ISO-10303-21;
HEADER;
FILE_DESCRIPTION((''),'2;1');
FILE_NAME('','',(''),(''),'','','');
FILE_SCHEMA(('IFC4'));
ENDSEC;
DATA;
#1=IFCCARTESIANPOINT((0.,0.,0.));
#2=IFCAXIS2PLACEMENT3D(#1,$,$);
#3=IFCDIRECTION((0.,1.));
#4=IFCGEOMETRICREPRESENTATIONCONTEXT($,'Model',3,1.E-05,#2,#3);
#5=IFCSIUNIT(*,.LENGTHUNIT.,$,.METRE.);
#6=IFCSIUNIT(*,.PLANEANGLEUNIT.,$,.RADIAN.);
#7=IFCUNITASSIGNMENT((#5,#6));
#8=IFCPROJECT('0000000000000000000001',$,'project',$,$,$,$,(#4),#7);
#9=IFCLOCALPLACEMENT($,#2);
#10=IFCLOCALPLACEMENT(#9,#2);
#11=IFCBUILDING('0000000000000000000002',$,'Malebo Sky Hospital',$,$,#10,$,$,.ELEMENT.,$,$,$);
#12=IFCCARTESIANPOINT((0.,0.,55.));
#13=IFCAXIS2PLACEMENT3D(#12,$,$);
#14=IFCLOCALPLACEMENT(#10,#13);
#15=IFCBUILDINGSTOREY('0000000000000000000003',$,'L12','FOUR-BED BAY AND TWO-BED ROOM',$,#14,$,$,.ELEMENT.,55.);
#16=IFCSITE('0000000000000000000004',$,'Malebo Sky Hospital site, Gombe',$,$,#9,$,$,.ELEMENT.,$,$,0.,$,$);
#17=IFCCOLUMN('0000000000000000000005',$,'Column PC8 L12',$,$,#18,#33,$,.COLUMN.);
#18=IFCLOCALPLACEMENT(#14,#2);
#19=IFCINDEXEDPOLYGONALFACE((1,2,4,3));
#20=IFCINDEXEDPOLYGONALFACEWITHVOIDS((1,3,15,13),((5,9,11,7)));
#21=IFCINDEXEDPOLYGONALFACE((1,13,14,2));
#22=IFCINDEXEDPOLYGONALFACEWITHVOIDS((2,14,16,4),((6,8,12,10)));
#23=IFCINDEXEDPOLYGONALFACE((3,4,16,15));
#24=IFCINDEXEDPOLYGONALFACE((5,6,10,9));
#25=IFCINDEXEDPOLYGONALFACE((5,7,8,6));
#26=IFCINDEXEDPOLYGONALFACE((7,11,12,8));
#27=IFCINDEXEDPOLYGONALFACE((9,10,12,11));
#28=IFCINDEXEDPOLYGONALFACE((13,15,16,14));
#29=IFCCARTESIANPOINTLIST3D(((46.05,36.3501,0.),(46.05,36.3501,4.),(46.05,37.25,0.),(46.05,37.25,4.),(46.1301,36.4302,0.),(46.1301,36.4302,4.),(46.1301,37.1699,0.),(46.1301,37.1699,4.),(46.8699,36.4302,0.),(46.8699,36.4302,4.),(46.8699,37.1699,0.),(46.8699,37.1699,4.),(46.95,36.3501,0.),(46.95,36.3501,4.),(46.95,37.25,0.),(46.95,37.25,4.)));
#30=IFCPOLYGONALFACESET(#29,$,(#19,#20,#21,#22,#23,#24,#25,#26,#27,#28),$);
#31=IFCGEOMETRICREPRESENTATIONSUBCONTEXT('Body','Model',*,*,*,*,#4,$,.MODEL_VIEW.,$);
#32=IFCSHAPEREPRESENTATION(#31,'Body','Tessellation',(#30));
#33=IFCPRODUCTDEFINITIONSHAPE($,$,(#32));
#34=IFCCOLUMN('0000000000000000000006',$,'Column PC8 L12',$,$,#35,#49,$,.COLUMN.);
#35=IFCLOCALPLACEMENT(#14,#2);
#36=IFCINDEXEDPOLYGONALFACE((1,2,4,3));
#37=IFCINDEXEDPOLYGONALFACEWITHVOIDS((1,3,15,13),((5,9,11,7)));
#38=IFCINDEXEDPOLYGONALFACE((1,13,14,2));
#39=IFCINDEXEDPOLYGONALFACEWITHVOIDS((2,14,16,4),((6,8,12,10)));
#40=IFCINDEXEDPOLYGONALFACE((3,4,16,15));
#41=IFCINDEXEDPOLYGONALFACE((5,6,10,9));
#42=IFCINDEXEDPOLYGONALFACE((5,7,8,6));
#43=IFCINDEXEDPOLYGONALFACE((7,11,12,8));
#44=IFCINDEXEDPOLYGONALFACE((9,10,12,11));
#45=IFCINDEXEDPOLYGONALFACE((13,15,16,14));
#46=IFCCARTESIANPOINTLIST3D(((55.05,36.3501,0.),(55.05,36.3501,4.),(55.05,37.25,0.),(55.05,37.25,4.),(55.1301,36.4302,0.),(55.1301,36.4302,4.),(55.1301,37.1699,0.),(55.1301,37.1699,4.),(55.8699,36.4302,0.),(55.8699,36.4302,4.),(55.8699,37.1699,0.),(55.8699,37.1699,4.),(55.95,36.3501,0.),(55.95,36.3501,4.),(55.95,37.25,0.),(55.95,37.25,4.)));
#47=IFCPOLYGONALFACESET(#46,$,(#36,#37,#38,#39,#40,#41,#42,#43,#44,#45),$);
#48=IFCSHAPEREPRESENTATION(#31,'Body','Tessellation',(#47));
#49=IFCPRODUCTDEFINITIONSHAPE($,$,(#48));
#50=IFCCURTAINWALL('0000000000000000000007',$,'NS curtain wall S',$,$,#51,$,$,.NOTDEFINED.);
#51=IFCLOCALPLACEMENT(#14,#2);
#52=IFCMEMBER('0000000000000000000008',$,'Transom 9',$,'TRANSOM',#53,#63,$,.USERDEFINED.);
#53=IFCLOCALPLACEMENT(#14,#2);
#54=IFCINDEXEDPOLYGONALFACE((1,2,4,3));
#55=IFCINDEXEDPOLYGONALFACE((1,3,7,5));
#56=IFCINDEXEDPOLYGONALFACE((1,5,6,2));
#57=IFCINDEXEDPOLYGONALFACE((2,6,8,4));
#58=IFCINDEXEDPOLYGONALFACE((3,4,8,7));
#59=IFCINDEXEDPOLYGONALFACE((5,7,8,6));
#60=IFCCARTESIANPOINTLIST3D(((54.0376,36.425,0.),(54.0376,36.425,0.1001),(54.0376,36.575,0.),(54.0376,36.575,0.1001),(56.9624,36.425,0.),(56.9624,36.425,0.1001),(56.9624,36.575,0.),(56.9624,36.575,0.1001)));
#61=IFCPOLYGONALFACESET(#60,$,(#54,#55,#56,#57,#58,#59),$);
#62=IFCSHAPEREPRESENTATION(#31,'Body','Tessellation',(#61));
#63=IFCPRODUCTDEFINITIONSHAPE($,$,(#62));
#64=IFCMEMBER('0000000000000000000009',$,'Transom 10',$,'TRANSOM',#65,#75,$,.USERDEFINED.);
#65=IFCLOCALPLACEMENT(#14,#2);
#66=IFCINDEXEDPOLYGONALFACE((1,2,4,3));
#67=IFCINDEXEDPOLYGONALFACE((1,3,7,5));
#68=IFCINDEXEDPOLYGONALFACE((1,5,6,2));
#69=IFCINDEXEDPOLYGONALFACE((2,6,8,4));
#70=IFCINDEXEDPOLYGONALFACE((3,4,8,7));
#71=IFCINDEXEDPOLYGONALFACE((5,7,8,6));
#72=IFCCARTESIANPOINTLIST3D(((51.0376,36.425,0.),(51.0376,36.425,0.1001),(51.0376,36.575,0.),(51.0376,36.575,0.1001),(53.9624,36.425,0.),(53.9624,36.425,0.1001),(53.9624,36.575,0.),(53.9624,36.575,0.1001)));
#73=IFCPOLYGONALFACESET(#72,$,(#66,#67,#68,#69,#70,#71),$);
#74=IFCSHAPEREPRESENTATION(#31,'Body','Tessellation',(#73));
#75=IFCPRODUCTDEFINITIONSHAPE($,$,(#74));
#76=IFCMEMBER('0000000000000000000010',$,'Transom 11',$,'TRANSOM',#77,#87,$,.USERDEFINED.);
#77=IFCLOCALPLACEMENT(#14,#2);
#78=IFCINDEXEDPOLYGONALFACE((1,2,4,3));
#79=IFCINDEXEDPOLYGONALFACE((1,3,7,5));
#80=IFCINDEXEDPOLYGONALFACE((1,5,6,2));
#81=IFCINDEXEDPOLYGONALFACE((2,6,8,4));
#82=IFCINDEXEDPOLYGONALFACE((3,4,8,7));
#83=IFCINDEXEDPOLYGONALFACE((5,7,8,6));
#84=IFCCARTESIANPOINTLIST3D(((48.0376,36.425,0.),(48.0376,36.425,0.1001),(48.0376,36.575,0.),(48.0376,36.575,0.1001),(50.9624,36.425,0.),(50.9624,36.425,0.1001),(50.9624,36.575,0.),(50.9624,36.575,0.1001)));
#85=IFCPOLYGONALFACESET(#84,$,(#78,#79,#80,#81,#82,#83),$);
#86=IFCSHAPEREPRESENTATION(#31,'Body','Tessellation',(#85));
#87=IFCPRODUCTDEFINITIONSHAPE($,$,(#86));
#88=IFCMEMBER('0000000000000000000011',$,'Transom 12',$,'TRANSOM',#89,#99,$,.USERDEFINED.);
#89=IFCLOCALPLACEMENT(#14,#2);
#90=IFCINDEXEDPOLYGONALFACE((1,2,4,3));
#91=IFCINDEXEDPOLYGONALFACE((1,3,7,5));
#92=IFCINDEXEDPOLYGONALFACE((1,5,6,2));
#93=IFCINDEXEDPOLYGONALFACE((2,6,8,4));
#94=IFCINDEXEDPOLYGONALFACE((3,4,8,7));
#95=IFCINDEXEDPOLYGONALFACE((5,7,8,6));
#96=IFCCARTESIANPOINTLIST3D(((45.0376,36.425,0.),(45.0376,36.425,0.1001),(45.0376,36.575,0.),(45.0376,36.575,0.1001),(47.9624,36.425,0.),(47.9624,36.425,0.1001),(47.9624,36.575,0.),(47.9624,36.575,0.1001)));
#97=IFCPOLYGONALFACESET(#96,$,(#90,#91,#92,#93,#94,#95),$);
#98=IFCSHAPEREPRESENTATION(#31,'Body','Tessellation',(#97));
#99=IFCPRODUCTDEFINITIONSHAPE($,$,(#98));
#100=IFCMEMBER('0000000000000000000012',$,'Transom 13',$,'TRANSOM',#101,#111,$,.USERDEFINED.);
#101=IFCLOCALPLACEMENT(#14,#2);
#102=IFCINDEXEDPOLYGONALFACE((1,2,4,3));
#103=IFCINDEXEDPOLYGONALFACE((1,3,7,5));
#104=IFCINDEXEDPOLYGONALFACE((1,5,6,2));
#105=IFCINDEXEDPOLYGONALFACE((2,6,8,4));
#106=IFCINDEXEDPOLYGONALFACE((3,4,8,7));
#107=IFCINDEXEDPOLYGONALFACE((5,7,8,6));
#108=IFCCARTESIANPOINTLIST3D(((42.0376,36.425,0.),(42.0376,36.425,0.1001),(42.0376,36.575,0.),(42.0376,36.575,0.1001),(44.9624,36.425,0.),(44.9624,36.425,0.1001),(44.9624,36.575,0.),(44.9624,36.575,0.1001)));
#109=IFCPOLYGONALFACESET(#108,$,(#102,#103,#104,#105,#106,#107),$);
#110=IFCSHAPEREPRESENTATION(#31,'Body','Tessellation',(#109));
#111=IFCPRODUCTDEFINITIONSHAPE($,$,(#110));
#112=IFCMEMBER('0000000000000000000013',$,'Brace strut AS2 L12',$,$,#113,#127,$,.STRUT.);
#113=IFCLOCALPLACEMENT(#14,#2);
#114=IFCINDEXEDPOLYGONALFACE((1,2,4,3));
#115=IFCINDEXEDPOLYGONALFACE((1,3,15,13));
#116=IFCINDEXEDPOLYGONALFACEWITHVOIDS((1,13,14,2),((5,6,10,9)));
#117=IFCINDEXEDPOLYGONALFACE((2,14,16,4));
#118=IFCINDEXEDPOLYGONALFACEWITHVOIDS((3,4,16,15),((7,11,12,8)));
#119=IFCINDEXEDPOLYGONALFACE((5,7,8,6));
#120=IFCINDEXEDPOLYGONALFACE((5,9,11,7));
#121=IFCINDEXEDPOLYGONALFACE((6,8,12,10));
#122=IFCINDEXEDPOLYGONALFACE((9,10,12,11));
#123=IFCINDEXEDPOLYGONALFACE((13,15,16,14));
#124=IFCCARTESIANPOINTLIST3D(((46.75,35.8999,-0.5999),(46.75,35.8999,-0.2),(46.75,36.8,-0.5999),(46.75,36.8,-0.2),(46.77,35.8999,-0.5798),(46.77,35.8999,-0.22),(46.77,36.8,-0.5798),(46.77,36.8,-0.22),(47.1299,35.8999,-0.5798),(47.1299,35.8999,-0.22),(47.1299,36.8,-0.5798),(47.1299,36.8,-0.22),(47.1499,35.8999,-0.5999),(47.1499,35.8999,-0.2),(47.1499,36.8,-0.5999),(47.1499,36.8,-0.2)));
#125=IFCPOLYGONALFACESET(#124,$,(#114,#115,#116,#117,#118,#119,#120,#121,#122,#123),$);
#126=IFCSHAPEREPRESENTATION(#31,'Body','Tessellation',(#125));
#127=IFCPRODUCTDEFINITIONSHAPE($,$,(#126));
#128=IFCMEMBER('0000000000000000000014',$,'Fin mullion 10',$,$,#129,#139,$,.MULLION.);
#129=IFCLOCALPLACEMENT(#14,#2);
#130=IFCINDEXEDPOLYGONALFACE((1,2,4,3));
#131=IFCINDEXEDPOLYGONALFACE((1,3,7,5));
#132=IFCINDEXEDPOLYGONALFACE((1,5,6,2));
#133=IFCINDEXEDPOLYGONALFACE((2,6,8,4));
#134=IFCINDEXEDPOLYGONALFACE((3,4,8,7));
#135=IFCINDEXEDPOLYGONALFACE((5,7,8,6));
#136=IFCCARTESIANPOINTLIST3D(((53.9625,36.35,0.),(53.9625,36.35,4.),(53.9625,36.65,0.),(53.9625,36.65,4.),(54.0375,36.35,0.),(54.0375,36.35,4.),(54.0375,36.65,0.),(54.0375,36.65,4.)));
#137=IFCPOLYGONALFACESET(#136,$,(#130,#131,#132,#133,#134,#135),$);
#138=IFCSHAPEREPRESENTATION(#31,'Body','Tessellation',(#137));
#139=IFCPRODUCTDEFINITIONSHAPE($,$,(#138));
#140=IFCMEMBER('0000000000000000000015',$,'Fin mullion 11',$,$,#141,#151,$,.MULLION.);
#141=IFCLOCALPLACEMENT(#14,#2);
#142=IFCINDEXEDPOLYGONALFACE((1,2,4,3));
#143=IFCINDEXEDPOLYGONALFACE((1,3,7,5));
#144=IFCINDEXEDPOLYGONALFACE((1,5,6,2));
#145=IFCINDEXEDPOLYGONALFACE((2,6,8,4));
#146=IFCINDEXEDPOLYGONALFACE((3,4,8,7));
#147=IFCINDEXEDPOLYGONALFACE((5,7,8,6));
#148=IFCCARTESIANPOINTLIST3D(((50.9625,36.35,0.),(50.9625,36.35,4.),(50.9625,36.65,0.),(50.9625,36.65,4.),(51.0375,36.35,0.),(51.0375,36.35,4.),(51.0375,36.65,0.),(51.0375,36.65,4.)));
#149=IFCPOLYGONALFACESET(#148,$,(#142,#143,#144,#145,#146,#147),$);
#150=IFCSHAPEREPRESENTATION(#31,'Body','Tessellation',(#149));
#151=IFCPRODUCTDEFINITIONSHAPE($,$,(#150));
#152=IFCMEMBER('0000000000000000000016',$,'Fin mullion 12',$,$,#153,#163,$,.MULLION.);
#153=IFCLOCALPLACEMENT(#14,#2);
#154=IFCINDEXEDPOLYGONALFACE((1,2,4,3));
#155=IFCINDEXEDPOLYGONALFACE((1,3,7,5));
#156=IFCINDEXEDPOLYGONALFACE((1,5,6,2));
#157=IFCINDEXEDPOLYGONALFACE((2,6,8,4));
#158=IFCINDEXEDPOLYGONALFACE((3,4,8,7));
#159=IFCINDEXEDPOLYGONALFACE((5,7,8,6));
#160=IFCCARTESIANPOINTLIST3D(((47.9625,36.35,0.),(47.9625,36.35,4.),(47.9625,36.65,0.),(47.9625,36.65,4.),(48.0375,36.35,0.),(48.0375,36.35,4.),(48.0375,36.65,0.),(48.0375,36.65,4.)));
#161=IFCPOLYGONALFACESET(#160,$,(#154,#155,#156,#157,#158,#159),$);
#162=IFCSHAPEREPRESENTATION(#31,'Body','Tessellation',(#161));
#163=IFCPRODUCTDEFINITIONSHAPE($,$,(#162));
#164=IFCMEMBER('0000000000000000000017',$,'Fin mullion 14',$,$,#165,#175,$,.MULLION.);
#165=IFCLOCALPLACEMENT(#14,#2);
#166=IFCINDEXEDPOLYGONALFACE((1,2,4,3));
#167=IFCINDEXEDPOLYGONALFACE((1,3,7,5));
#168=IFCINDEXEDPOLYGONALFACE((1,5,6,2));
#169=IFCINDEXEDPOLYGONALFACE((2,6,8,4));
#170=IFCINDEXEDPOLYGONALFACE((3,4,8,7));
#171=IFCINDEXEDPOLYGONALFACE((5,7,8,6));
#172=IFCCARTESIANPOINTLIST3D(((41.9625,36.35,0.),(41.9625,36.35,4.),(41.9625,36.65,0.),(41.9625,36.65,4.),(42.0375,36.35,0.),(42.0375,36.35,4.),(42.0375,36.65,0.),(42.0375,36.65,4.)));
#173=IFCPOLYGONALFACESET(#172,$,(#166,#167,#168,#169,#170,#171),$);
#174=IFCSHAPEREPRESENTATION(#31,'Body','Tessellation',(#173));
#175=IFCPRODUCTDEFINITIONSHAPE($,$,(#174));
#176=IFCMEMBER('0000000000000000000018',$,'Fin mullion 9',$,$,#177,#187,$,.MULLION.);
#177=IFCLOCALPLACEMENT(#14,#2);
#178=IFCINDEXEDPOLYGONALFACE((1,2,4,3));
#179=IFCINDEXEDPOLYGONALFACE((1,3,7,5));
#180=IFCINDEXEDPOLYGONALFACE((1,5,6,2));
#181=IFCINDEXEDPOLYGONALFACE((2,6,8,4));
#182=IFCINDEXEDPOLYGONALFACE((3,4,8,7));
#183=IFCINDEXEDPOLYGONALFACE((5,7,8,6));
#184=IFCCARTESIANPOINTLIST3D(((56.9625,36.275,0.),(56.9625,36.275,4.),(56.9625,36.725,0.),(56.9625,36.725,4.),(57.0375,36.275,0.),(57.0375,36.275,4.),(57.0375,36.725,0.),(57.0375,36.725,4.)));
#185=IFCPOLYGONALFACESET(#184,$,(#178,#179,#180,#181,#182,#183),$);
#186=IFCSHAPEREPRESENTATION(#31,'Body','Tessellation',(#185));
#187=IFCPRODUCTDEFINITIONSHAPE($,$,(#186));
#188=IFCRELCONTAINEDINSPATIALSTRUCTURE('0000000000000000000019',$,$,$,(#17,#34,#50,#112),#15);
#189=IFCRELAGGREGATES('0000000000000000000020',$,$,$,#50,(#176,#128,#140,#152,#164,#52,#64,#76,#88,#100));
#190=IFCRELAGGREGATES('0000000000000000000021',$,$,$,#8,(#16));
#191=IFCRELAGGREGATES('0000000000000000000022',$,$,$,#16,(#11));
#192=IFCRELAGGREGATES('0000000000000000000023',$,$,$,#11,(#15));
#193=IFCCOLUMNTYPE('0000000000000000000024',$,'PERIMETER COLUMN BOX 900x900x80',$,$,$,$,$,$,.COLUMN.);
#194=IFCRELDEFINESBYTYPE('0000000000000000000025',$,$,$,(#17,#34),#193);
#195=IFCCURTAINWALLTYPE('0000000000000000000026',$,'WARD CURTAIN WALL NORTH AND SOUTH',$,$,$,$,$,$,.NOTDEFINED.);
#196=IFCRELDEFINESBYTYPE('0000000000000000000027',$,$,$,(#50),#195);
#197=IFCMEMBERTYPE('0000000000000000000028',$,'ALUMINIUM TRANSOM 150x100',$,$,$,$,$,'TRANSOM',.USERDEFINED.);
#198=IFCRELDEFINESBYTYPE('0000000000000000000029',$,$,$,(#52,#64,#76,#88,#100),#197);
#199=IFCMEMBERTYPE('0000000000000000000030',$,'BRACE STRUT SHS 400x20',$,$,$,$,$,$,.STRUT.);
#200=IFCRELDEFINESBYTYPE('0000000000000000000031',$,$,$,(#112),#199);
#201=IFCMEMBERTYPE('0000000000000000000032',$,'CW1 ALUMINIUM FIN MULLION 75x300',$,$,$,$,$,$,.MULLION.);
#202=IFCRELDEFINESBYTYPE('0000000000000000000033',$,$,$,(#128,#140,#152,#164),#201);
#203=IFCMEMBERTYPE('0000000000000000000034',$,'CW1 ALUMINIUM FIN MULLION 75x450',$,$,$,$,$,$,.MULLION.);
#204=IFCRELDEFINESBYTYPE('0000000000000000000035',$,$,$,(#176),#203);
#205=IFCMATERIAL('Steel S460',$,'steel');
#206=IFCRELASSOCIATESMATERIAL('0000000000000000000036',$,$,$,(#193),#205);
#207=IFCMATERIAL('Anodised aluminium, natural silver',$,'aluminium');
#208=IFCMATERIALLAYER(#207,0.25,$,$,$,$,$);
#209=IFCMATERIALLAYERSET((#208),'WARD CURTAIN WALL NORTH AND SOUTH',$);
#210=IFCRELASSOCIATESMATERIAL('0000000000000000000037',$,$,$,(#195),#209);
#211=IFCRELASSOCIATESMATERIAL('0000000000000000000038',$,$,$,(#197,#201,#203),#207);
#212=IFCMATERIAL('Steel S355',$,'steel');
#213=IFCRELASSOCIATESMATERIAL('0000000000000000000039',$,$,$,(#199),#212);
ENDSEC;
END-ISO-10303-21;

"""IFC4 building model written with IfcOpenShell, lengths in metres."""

from ifc_helpers import new_model, si_unit, direction, frame, origin, origin_2d, place, context, subcontext, project, spatial, rectangle, hollow_rectangle, extrude, material, layer, layer_set, material_profile, profile_set, type_object, element, aggregate, save


model = new_model("IFC4")

# Units and contexts
model_context = context("Model", 3, precision=1e-05, world=origin(), true_north=direction((0.0, 1.0)))
body_context = subcontext(model_context, "Body", "Model", "MODEL_VIEW")
ifc_project = project(units=[si_unit("LENGTHUNIT", "METRE"), si_unit("PLANEANGLEUNIT", "RADIAN")], contexts=[model_context])

# Site, building, storey
site_placement = place(None, origin())
site = spatial("IfcSite", under=ifc_project, at=site_placement, Name="Malebo Sky Hospital site, Gombe", CompositionType="ELEMENT", RefElevation=0.0)
building_placement = place(site_placement, origin())
building = spatial("IfcBuilding", under=site, at=building_placement, Name="Malebo Sky Hospital", CompositionType="ELEMENT")
storey_placement = place(building_placement, frame((0.0, 0.0, 55.0)))
storey = spatial("IfcBuildingStorey", under=building, at=storey_placement, Name="L12", Description="FOUR-BED BAY AND TWO-BED ROOM", CompositionType="ELEMENT", Elevation=55.0)

# Columns
ifc_material_1 = material(Name="Steel S460", Category="steel")
ifc_material_profile_1 = material_profile(ifc_material_1, hollow_rectangle(XDim=0.8999, YDim=0.8999, WallThickness=0.0801, at=origin_2d()), Name="BOX 900x900x80")
ifc_profile_set_1 = profile_set([ifc_material_profile_1], Name="Steel S460")
column_type = type_object("IfcColumnType", Name="PERIMETER COLUMN BOX 900x900x80", PredefinedType="COLUMN", material=ifc_profile_set_1)
for number, where, z_axis, x_axis, name in (
    (1, (46.5, 36.8, 0.0), (0.0, 0.0, 1.0), (1.0, 0.0, 0.0), "Column PC8 L12"),
    (2, (55.5, 36.8, 0.0), (0.0, 0.0, 1.0), (1.0, 0.0, 0.0), "Column PC8 L12"),
):
    element("IfcColumn", number, at=place(storey_placement, frame(where, z_axis=z_axis, x_axis=x_axis)), inside=storey, type_object=column_type, Name=name, PredefinedType="COLUMN", context=body_context, shape_type="SweptSolid", body=[
        extrude(hollow_rectangle(XDim=0.8999, YDim=0.8999, WallThickness=0.0801, at=origin_2d()), origin(), (0.0, 0.0, 1.0), 4.0),
    ])

# Curtain wall, members
ifc_material_2 = material(Name="Anodised aluminium, natural silver", Category="aluminium")
ifc_layer_1 = layer(ifc_material_2, 0.25)
ifc_layer_set_1 = layer_set([ifc_layer_1], Name="WARD CURTAIN WALL NORTH AND SOUTH")
curtain_wall_type = type_object("IfcCurtainWallType", Name="WARD CURTAIN WALL NORTH AND SOUTH", PredefinedType="NOTDEFINED", material=ifc_layer_set_1)
curtain_wall_placement = place(storey_placement, origin())
curtain_wall = element("IfcCurtainWall", 3, at=curtain_wall_placement, inside=storey, type_object=curtain_wall_type, Name="NS curtain wall S", PredefinedType="NOTDEFINED")
ifc_material_profile_2 = material_profile(ifc_material_2, rectangle(XDim=0.1499, YDim=0.1001, at=origin_2d()), Name="ALUMINIUM TRANSOM 150x100")
ifc_profile_set_2 = profile_set([ifc_material_profile_2], Name="Anodised aluminium, natural silver")
member_type_1 = type_object("IfcMemberType", Name="ALUMINIUM TRANSOM 150x100", ElementType="TRANSOM", PredefinedType="USERDEFINED", material=ifc_profile_set_2)
member_1_placement = place(storey_placement, frame((56.9624, 36.5, 0.05), z_axis=(-1.0, 0.0, 0.0), x_axis=(0.0, -1.0, 0.0)))
member_1 = element("IfcMember", 4, at=member_1_placement, type_object=member_type_1, Name="Transom 9", ObjectType="TRANSOM", PredefinedType="USERDEFINED", context=body_context, shape_type="SweptSolid", body=[
    extrude(rectangle(XDim=0.1499, YDim=0.1001, at=origin_2d()), origin(), (0.0, 0.0, 1.0), 2.9248),
])
member_2_placement = place(storey_placement, frame((53.9624, 36.5, 0.05), z_axis=(-1.0, 0.0, 0.0), x_axis=(0.0, -1.0, 0.0)))
member_2 = element("IfcMember", 5, at=member_2_placement, type_object=member_type_1, Name="Transom 10", ObjectType="TRANSOM", PredefinedType="USERDEFINED", context=body_context, shape_type="SweptSolid", body=[
    extrude(rectangle(XDim=0.1499, YDim=0.1001, at=origin_2d()), origin(), (0.0, 0.0, 1.0), 2.9248),
])
member_3_placement = place(storey_placement, frame((50.9624, 36.5, 0.05), z_axis=(-1.0, 0.0, 0.0), x_axis=(0.0, -1.0, 0.0)))
member_3 = element("IfcMember", 6, at=member_3_placement, type_object=member_type_1, Name="Transom 11", ObjectType="TRANSOM", PredefinedType="USERDEFINED", context=body_context, shape_type="SweptSolid", body=[
    extrude(rectangle(XDim=0.1499, YDim=0.1001, at=origin_2d()), origin(), (0.0, 0.0, 1.0), 2.9248),
])
member_4_placement = place(storey_placement, frame((47.9624, 36.5, 0.05), z_axis=(-1.0, 0.0, 0.0), x_axis=(0.0, -1.0, 0.0)))
member_4 = element("IfcMember", 7, at=member_4_placement, type_object=member_type_1, Name="Transom 12", ObjectType="TRANSOM", PredefinedType="USERDEFINED", context=body_context, shape_type="SweptSolid", body=[
    extrude(rectangle(XDim=0.1499, YDim=0.1001, at=origin_2d()), origin(), (0.0, 0.0, 1.0), 2.9248),
])
member_5_placement = place(storey_placement, frame((44.9624, 36.5, 0.05), z_axis=(-1.0, 0.0, 0.0), x_axis=(0.0, -1.0, 0.0)))
member_5 = element("IfcMember", 8, at=member_5_placement, type_object=member_type_1, Name="Transom 13", ObjectType="TRANSOM", PredefinedType="USERDEFINED", context=body_context, shape_type="SweptSolid", body=[
    extrude(rectangle(XDim=0.1499, YDim=0.1001, at=origin_2d()), origin(), (0.0, 0.0, 1.0), 2.9248),
])

# Members
ifc_material_3 = material(Name="Steel S355", Category="steel")
ifc_material_profile_3 = material_profile(ifc_material_3, hollow_rectangle(XDim=0.3999, YDim=0.3999, WallThickness=0.02, at=origin_2d()), Name="SHS 400x20")
ifc_profile_set_3 = profile_set([ifc_material_profile_3], Name="Steel S355")
member_type_2 = type_object("IfcMemberType", Name="BRACE STRUT SHS 400x20", PredefinedType="STRUT", material=ifc_profile_set_3)
member_6_placement = place(storey_placement, frame((46.95, 35.8999, -0.3999), z_axis=(0.0, 1.0, 0.0), x_axis=(-1.0, 0.0, 0.0)))
element("IfcMember", 9, at=member_6_placement, inside=storey, type_object=member_type_2, Name="Brace strut AS2 L12", PredefinedType="STRUT", context=body_context, shape_type="SweptSolid", body=[
    extrude(hollow_rectangle(XDim=0.3999, YDim=0.3999, WallThickness=0.02, at=origin_2d()), origin(), (0.0, 0.0, 1.0), 0.9001),
])
ifc_material_profile_4 = material_profile(ifc_material_2, rectangle(XDim=0.075, YDim=0.3, at=origin_2d()), Name="CW1 ALUMINIUM FIN MULLION 75x300")
ifc_profile_set_4 = profile_set([ifc_material_profile_4], Name="Anodised aluminium, natural silver")
member_type_3 = type_object("IfcMemberType", Name="CW1 ALUMINIUM FIN MULLION 75x300", PredefinedType="MULLION", material=ifc_profile_set_4)
member_7_placement = place(storey_placement, frame((54.0, 36.5, 0.0), z_axis=(0.0, 0.0, 1.0), x_axis=(-1.0, 0.0, 0.0)))
member_7 = element("IfcMember", 10, at=member_7_placement, type_object=member_type_3, Name="Fin mullion 10", PredefinedType="MULLION", context=body_context, shape_type="SweptSolid", body=[
    extrude(rectangle(XDim=0.075, YDim=0.3, at=origin_2d()), origin(), (0.0, 0.0, 1.0), 4.0),
])
member_8_placement = place(storey_placement, frame((51.0, 36.5, 0.0), z_axis=(0.0, 0.0, 1.0), x_axis=(-1.0, 0.0, 0.0)))
member_8 = element("IfcMember", 11, at=member_8_placement, type_object=member_type_3, Name="Fin mullion 11", PredefinedType="MULLION", context=body_context, shape_type="SweptSolid", body=[
    extrude(rectangle(XDim=0.075, YDim=0.3, at=origin_2d()), origin(), (0.0, 0.0, 1.0), 4.0),
])
member_9_placement = place(storey_placement, frame((48.0, 36.5, 0.0), z_axis=(0.0, 0.0, 1.0), x_axis=(-1.0, 0.0, 0.0)))
member_9 = element("IfcMember", 12, at=member_9_placement, type_object=member_type_3, Name="Fin mullion 12", PredefinedType="MULLION", context=body_context, shape_type="SweptSolid", body=[
    extrude(rectangle(XDim=0.075, YDim=0.3, at=origin_2d()), origin(), (0.0, 0.0, 1.0), 4.0),
])
member_10_placement = place(storey_placement, frame((42.0, 36.5, 0.0), z_axis=(0.0, 0.0, 1.0), x_axis=(-1.0, 0.0, 0.0)))
member_10 = element("IfcMember", 13, at=member_10_placement, type_object=member_type_3, Name="Fin mullion 14", PredefinedType="MULLION", context=body_context, shape_type="SweptSolid", body=[
    extrude(rectangle(XDim=0.075, YDim=0.3, at=origin_2d()), origin(), (0.0, 0.0, 1.0), 4.0),
])
ifc_material_profile_5 = material_profile(ifc_material_2, rectangle(XDim=0.075, YDim=0.45, at=origin_2d()), Name="CW1 ALUMINIUM FIN MULLION 75x450")
ifc_profile_set_5 = profile_set([ifc_material_profile_5], Name="Anodised aluminium, natural silver")
member_type_4 = type_object("IfcMemberType", Name="CW1 ALUMINIUM FIN MULLION 75x450", PredefinedType="MULLION", material=ifc_profile_set_5)
member_11_placement = place(storey_placement, frame((57.0, 36.5, 0.0), z_axis=(0.0, 0.0, 1.0), x_axis=(-1.0, 0.0, 0.0)))
member_11 = element("IfcMember", 14, at=member_11_placement, type_object=member_type_4, Name="Fin mullion 9", PredefinedType="MULLION", context=body_context, shape_type="SweptSolid", body=[
    extrude(rectangle(XDim=0.075, YDim=0.45, at=origin_2d()), origin(), (0.0, 0.0, 1.0), 4.0),
])

aggregate(curtain_wall, [member_11, member_7, member_8, member_9, member_10, member_1, member_2, member_3, member_4, member_5])

save(model, "model.ifc")
